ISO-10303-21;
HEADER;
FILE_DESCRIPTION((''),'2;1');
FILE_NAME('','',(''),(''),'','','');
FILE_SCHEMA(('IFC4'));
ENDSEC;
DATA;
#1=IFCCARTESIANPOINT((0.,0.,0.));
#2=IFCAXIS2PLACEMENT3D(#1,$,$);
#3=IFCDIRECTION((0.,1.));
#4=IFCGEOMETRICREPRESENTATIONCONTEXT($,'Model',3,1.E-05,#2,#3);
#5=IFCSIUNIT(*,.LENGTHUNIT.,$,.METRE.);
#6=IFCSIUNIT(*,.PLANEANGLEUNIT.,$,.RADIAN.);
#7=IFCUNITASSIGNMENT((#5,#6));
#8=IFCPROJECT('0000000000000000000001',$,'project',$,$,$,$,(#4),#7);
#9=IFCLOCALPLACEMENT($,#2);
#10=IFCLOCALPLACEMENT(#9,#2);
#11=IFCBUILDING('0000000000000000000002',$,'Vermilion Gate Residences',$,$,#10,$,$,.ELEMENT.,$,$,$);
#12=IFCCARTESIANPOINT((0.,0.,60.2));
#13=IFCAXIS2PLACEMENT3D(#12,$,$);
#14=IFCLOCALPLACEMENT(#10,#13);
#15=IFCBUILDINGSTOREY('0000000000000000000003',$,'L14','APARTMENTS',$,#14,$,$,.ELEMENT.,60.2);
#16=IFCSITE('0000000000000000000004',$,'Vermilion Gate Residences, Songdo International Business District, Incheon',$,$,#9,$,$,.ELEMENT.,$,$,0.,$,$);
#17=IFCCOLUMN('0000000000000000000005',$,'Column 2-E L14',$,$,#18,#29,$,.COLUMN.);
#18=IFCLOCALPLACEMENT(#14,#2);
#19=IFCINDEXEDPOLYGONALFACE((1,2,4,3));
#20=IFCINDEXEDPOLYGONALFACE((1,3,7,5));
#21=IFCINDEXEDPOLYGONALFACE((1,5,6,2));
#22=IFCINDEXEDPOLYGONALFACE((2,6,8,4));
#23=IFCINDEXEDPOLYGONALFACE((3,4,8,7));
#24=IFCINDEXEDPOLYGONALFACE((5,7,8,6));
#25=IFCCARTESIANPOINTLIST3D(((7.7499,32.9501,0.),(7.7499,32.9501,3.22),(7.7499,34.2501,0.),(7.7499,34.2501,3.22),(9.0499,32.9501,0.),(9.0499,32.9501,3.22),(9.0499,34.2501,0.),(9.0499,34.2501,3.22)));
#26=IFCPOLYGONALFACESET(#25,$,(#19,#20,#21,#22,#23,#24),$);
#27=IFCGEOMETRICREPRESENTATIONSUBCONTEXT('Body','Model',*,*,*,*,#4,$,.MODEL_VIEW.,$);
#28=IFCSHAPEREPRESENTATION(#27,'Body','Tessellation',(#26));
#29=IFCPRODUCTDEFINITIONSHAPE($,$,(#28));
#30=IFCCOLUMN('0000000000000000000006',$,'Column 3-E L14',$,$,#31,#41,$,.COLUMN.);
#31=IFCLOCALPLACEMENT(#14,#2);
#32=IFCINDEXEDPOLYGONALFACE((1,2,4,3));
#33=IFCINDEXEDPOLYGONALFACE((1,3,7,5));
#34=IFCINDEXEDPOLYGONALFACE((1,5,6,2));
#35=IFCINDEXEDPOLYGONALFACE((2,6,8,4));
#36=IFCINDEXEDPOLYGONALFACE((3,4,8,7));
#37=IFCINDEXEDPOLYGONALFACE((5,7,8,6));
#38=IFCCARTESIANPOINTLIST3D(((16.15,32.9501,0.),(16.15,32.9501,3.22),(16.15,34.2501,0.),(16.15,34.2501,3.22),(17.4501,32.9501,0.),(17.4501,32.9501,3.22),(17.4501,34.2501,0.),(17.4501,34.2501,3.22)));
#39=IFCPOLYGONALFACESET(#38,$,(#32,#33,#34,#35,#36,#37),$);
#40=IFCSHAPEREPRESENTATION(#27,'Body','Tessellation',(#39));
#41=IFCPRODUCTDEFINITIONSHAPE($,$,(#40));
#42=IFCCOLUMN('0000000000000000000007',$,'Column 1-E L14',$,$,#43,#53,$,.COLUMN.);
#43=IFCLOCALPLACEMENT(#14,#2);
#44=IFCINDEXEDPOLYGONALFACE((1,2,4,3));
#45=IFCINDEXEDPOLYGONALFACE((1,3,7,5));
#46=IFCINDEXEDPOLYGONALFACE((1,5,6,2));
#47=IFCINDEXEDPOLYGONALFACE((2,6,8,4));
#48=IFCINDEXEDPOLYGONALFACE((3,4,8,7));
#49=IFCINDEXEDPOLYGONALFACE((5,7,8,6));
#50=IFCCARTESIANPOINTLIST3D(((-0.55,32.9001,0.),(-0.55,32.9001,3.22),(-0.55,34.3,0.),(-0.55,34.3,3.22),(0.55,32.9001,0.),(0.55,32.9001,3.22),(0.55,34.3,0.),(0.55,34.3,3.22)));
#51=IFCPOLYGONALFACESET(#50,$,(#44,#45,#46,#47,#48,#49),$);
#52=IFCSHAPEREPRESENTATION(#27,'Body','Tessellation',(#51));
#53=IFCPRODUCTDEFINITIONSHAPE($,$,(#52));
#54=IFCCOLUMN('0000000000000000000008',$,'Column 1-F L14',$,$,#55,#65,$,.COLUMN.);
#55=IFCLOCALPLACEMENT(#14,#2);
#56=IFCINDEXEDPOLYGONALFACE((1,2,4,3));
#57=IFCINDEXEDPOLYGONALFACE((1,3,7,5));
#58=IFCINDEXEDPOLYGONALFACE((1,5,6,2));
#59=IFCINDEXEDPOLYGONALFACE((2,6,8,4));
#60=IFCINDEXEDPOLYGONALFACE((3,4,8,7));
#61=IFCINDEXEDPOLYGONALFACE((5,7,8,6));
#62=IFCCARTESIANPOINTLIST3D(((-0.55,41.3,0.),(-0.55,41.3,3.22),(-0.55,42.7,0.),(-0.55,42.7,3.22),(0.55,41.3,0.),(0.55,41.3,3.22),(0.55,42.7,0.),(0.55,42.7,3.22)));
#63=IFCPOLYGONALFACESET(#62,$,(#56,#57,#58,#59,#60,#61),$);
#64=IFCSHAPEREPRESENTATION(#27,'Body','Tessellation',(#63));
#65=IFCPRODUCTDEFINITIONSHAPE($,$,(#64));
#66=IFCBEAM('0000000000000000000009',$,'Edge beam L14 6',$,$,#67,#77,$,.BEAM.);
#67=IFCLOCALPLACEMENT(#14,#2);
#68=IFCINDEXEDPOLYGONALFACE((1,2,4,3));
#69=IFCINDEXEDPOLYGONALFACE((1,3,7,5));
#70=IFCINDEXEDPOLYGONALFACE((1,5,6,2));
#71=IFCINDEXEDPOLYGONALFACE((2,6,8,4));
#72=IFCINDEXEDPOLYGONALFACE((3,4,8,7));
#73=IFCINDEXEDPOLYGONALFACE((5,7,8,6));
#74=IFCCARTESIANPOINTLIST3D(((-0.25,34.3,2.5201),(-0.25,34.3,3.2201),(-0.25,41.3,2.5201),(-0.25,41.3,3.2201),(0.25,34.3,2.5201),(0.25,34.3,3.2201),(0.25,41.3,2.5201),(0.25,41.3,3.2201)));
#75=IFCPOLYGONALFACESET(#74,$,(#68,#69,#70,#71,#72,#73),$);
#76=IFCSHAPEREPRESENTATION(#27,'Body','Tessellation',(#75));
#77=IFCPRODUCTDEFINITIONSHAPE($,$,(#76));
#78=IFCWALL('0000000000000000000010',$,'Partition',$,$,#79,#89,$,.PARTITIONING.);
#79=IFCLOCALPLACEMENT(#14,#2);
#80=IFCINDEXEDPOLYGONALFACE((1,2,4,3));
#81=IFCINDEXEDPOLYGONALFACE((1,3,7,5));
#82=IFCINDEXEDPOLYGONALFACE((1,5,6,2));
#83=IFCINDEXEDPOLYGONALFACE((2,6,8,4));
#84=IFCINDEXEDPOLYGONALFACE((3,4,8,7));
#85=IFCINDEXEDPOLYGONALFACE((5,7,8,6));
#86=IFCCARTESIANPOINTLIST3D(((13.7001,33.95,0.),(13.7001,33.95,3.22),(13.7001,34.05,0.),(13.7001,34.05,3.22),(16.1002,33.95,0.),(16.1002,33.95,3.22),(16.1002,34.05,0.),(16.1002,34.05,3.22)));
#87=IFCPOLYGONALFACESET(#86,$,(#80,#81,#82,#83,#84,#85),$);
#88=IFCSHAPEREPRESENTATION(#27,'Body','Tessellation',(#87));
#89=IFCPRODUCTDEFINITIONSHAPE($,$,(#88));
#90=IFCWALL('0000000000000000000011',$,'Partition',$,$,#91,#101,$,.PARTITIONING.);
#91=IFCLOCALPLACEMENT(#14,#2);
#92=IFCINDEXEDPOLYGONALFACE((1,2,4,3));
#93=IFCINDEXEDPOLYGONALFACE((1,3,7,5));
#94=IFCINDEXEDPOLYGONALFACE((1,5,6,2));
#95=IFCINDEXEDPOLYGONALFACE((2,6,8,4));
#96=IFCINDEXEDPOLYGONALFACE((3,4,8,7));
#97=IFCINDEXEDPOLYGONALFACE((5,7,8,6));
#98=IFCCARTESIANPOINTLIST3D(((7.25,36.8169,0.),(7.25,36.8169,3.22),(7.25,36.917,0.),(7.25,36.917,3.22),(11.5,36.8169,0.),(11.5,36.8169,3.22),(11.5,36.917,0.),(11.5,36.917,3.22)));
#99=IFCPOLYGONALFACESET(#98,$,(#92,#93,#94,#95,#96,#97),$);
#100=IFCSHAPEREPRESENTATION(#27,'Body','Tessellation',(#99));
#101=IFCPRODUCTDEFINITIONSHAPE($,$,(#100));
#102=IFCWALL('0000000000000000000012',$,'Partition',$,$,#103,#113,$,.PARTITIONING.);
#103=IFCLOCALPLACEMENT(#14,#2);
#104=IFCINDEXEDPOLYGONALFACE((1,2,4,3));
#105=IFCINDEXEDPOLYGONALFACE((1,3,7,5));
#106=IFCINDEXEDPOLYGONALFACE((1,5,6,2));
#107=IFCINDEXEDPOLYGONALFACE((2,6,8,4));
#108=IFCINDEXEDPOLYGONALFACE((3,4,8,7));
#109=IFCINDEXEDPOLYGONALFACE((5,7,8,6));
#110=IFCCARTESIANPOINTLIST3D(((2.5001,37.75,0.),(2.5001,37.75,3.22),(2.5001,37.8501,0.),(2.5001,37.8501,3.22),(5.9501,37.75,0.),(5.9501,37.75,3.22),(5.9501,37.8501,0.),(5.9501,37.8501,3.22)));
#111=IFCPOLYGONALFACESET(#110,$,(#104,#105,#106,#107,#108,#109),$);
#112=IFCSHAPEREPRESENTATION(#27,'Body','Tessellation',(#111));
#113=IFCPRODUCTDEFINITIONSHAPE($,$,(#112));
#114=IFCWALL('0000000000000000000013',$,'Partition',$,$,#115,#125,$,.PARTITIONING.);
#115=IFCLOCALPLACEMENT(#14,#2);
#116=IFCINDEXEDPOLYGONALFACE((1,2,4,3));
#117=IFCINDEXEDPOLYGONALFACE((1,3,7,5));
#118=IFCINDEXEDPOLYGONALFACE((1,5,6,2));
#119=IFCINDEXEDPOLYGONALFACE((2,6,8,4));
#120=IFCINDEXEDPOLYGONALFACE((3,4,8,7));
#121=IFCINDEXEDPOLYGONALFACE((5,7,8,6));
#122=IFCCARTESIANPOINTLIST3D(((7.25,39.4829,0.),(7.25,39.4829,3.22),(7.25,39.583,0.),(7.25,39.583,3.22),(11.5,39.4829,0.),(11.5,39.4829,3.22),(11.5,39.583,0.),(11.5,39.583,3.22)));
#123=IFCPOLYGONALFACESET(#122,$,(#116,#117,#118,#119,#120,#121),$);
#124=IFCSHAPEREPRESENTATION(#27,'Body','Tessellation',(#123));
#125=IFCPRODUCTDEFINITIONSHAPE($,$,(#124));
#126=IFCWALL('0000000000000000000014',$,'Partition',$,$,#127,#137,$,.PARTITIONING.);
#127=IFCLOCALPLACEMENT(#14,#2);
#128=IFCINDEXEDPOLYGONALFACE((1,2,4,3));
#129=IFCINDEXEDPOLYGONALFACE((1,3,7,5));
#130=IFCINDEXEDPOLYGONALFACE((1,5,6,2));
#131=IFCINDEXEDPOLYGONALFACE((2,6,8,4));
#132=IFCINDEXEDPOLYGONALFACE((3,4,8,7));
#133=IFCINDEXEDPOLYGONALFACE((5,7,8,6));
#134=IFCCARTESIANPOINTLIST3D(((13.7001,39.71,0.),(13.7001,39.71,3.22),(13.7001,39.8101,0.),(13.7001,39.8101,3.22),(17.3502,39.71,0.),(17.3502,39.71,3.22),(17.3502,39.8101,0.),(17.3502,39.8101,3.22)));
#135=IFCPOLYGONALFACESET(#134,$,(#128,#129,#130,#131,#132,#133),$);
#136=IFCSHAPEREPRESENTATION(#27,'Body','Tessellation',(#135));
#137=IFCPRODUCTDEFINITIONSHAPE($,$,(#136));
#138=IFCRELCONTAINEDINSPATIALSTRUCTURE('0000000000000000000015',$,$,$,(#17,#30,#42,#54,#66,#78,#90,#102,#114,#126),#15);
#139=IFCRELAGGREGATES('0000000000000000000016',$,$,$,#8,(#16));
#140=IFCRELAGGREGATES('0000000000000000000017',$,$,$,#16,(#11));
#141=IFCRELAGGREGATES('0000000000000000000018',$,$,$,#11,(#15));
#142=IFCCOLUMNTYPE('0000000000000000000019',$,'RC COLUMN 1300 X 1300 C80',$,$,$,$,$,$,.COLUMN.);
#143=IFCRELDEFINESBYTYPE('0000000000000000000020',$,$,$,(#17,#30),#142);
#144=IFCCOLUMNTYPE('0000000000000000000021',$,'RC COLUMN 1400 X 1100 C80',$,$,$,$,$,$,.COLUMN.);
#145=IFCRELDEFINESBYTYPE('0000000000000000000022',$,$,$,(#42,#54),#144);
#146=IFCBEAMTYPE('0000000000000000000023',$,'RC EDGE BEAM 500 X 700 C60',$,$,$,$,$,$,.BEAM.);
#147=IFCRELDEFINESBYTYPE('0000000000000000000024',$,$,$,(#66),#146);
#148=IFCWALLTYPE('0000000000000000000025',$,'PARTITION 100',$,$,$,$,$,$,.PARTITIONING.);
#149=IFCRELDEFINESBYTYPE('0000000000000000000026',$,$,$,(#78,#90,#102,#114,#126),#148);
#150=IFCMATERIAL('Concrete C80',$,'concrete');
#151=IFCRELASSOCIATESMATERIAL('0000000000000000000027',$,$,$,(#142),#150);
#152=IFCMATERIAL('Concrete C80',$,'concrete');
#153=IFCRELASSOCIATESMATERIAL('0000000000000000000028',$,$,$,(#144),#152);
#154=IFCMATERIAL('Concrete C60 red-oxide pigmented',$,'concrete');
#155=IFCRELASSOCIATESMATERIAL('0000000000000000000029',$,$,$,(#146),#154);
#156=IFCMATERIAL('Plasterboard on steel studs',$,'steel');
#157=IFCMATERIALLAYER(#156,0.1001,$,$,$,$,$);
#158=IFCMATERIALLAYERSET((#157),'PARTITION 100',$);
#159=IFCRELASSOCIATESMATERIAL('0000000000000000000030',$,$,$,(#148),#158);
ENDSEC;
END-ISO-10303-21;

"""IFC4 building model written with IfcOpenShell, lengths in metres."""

from ifc_helpers import new_model, si_unit, direction, frame, frame_2d, origin, origin_2d, place, context, subcontext, project, spatial, rectangle, extrude, material, layer, layer_set, material_profile, profile_set, type_object, element, save


model = new_model("IFC4")

# Units and contexts
model_context = context("Model", 3, precision=1e-05, world=origin(), true_north=direction((0.0, 1.0)))
body_context = subcontext(model_context, "Body", "Model", "MODEL_VIEW")
ifc_project = project(units=[si_unit("LENGTHUNIT", "METRE"), si_unit("PLANEANGLEUNIT", "RADIAN")], contexts=[model_context])

# Site, building, storey
site_placement = place(None, origin())
site = spatial("IfcSite", under=ifc_project, at=site_placement, Name="Vermilion Gate Residences, Songdo International Business District, Incheon", CompositionType="ELEMENT", RefElevation=0.0)
building_placement = place(site_placement, origin())
building = spatial("IfcBuilding", under=site, at=building_placement, Name="Vermilion Gate Residences", CompositionType="ELEMENT")
storey_placement = place(building_placement, frame((0.0, 0.0, 60.2)))
storey = spatial("IfcBuildingStorey", under=building, at=storey_placement, Name="L14", Description="APARTMENTS", CompositionType="ELEMENT", Elevation=60.2)

# Columns
ifc_material_1 = material(Name="Concrete C80", Category="concrete")
ifc_material_profile_1 = material_profile(ifc_material_1, rectangle(XDim=1.3, YDim=1.3, at=origin_2d()), Name="RC-1300x1300")
ifc_profile_set_1 = profile_set([ifc_material_profile_1], Name="Concrete C80")
column_type_1 = type_object("IfcColumnType", Name="RC COLUMN 1300 X 1300 C80", PredefinedType="COLUMN", material=ifc_profile_set_1)
for number, where, z_axis, x_axis, name in (
    (1, (8.3999, 33.6001, 0.0), (0.0, 0.0, 1.0), (1.0, 0.0, 0.0), "Column 2-E L14"),
    (2, (16.8, 33.6001, 0.0), (0.0, 0.0, 1.0), (1.0, 0.0, 0.0), "Column 3-E L14"),
):
    element("IfcColumn", number, at=place(storey_placement, frame(where, z_axis=z_axis, x_axis=x_axis)), inside=storey, type_object=column_type_1, Name=name, PredefinedType="COLUMN", context=body_context, shape_type="SweptSolid", body=[
        extrude(rectangle(XDim=1.3, YDim=1.3, at=origin_2d()), origin(), (0.0, 0.0, 1.0), 3.22),
    ])
ifc_material_2 = material(Name="Concrete C80", Category="concrete")
ifc_material_profile_2 = material_profile(ifc_material_2, rectangle(XDim=1.3999, YDim=1.1001, at=origin_2d()), Name="RC-1400x1100")
ifc_profile_set_2 = profile_set([ifc_material_profile_2], Name="Concrete C80")
column_type_2 = type_object("IfcColumnType", Name="RC COLUMN 1400 X 1100 C80", PredefinedType="COLUMN", material=ifc_profile_set_2)
for number, where, z_axis, x_axis, name in (
    (3, (0.0, 33.6001, 0.0), (0.0, 0.0, 1.0), (0.0, 1.0, 0.0), "Column 1-E L14"),
    (4, (0.0, 42.0, 0.0), (0.0, 0.0, 1.0), (0.0, 1.0, 0.0), "Column 1-F L14"),
):
    element("IfcColumn", number, at=place(storey_placement, frame(where, z_axis=z_axis, x_axis=x_axis)), inside=storey, type_object=column_type_2, Name=name, PredefinedType="COLUMN", context=body_context, shape_type="SweptSolid", body=[
        extrude(rectangle(XDim=1.3999, YDim=1.1001, at=origin_2d()), origin(), (0.0, 0.0, 1.0), 3.22),
    ])

# Beam
ifc_material_3 = material(Name="Concrete C60 red-oxide pigmented", Category="concrete")
ifc_material_profile_3 = material_profile(ifc_material_3, rectangle(XDim=0.5, YDim=0.7, at=origin_2d()), Name="RC-500x700")
ifc_profile_set_3 = profile_set([ifc_material_profile_3], Name="Concrete C60 red-oxide pigmented")
beam_type = type_object("IfcBeamType", Name="RC EDGE BEAM 500 X 700 C60", PredefinedType="BEAM", material=ifc_profile_set_3)
beam_placement = place(storey_placement, frame((0.0, 34.3, 2.8701), z_axis=(0.0, 1.0, 0.0), x_axis=(-1.0, 0.0, 0.0)))
element("IfcBeam", 5, at=beam_placement, inside=storey, type_object=beam_type, Name="Edge beam L14 6", PredefinedType="BEAM", context=body_context, shape_type="SweptSolid", body=[
    extrude(rectangle(XDim=0.5, YDim=0.7, at=origin_2d()), origin(), (0.0, 0.0, 1.0), 7.0),
])

# Walls
ifc_material_4 = material(Name="Plasterboard on steel studs", Category="steel")
ifc_layer_1 = layer(ifc_material_4, 0.1001)
ifc_layer_set_1 = layer_set([ifc_layer_1], Name="PARTITION 100")
wall_type_1 = type_object("IfcWallType", Name="PARTITION 100", PredefinedType="PARTITIONING", material=ifc_layer_set_1)
wall_1_placement = place(storey_placement, frame((13.7, 34.0, 0.0), z_axis=(0.0, 0.0, 1.0), x_axis=(1.0, 0.0, 0.0)))
element("IfcWall", 6, at=wall_1_placement, inside=storey, type_object=wall_type_1, Name="Partition", PredefinedType="PARTITIONING", context=body_context, shape_type="SweptSolid", body=[
    extrude(rectangle(XDim=2.4001, YDim=0.1001, at=frame_2d((1.2002, 0.0))), origin(), (0.0, 0.0, 1.0), 3.22),
])
wall_2_placement = place(storey_placement, frame((7.25, 36.8669, 0.0), z_axis=(0.0, 0.0, 1.0), x_axis=(1.0, 0.0, 0.0)))
element("IfcWall", 7, at=wall_2_placement, inside=storey, type_object=wall_type_1, Name="Partition", PredefinedType="PARTITIONING", context=body_context, shape_type="SweptSolid", body=[
    extrude(rectangle(XDim=4.25, YDim=0.1001, at=frame_2d((2.125, 0.0))), origin(), (0.0, 0.0, 1.0), 3.22),
])
wall_3_placement = place(storey_placement, frame((2.5, 37.8, 0.0), z_axis=(0.0, 0.0, 1.0), x_axis=(1.0, 0.0, 0.0)))
element("IfcWall", 8, at=wall_3_placement, inside=storey, type_object=wall_type_1, Name="Partition", PredefinedType="PARTITIONING", context=body_context, shape_type="SweptSolid", body=[
    extrude(rectangle(XDim=3.45, YDim=0.1001, at=frame_2d((1.7251, 0.0))), origin(), (0.0, 0.0, 1.0), 3.22),
])
wall_4_placement = place(storey_placement, frame((7.25, 39.533, 0.0), z_axis=(0.0, 0.0, 1.0), x_axis=(1.0, 0.0, 0.0)))
element("IfcWall", 9, at=wall_4_placement, inside=storey, type_object=wall_type_1, Name="Partition", PredefinedType="PARTITIONING", context=body_context, shape_type="SweptSolid", body=[
    extrude(rectangle(XDim=4.25, YDim=0.1001, at=frame_2d((2.125, 0.0))), origin(), (0.0, 0.0, 1.0), 3.22),
])
wall_5_placement = place(storey_placement, frame((13.7, 39.76, 0.0), z_axis=(0.0, 0.0, 1.0), x_axis=(1.0, 0.0, 0.0)))
element("IfcWall", 10, at=wall_5_placement, inside=storey, type_object=wall_type_1, Name="Partition", PredefinedType="PARTITIONING", context=body_context, shape_type="SweptSolid", body=[
    extrude(rectangle(XDim=3.6501, YDim=0.1001, at=frame_2d((1.8252, 0.0))), origin(), (0.0, 0.0, 1.0), 3.22),
])

save(model, "model.ifc")
